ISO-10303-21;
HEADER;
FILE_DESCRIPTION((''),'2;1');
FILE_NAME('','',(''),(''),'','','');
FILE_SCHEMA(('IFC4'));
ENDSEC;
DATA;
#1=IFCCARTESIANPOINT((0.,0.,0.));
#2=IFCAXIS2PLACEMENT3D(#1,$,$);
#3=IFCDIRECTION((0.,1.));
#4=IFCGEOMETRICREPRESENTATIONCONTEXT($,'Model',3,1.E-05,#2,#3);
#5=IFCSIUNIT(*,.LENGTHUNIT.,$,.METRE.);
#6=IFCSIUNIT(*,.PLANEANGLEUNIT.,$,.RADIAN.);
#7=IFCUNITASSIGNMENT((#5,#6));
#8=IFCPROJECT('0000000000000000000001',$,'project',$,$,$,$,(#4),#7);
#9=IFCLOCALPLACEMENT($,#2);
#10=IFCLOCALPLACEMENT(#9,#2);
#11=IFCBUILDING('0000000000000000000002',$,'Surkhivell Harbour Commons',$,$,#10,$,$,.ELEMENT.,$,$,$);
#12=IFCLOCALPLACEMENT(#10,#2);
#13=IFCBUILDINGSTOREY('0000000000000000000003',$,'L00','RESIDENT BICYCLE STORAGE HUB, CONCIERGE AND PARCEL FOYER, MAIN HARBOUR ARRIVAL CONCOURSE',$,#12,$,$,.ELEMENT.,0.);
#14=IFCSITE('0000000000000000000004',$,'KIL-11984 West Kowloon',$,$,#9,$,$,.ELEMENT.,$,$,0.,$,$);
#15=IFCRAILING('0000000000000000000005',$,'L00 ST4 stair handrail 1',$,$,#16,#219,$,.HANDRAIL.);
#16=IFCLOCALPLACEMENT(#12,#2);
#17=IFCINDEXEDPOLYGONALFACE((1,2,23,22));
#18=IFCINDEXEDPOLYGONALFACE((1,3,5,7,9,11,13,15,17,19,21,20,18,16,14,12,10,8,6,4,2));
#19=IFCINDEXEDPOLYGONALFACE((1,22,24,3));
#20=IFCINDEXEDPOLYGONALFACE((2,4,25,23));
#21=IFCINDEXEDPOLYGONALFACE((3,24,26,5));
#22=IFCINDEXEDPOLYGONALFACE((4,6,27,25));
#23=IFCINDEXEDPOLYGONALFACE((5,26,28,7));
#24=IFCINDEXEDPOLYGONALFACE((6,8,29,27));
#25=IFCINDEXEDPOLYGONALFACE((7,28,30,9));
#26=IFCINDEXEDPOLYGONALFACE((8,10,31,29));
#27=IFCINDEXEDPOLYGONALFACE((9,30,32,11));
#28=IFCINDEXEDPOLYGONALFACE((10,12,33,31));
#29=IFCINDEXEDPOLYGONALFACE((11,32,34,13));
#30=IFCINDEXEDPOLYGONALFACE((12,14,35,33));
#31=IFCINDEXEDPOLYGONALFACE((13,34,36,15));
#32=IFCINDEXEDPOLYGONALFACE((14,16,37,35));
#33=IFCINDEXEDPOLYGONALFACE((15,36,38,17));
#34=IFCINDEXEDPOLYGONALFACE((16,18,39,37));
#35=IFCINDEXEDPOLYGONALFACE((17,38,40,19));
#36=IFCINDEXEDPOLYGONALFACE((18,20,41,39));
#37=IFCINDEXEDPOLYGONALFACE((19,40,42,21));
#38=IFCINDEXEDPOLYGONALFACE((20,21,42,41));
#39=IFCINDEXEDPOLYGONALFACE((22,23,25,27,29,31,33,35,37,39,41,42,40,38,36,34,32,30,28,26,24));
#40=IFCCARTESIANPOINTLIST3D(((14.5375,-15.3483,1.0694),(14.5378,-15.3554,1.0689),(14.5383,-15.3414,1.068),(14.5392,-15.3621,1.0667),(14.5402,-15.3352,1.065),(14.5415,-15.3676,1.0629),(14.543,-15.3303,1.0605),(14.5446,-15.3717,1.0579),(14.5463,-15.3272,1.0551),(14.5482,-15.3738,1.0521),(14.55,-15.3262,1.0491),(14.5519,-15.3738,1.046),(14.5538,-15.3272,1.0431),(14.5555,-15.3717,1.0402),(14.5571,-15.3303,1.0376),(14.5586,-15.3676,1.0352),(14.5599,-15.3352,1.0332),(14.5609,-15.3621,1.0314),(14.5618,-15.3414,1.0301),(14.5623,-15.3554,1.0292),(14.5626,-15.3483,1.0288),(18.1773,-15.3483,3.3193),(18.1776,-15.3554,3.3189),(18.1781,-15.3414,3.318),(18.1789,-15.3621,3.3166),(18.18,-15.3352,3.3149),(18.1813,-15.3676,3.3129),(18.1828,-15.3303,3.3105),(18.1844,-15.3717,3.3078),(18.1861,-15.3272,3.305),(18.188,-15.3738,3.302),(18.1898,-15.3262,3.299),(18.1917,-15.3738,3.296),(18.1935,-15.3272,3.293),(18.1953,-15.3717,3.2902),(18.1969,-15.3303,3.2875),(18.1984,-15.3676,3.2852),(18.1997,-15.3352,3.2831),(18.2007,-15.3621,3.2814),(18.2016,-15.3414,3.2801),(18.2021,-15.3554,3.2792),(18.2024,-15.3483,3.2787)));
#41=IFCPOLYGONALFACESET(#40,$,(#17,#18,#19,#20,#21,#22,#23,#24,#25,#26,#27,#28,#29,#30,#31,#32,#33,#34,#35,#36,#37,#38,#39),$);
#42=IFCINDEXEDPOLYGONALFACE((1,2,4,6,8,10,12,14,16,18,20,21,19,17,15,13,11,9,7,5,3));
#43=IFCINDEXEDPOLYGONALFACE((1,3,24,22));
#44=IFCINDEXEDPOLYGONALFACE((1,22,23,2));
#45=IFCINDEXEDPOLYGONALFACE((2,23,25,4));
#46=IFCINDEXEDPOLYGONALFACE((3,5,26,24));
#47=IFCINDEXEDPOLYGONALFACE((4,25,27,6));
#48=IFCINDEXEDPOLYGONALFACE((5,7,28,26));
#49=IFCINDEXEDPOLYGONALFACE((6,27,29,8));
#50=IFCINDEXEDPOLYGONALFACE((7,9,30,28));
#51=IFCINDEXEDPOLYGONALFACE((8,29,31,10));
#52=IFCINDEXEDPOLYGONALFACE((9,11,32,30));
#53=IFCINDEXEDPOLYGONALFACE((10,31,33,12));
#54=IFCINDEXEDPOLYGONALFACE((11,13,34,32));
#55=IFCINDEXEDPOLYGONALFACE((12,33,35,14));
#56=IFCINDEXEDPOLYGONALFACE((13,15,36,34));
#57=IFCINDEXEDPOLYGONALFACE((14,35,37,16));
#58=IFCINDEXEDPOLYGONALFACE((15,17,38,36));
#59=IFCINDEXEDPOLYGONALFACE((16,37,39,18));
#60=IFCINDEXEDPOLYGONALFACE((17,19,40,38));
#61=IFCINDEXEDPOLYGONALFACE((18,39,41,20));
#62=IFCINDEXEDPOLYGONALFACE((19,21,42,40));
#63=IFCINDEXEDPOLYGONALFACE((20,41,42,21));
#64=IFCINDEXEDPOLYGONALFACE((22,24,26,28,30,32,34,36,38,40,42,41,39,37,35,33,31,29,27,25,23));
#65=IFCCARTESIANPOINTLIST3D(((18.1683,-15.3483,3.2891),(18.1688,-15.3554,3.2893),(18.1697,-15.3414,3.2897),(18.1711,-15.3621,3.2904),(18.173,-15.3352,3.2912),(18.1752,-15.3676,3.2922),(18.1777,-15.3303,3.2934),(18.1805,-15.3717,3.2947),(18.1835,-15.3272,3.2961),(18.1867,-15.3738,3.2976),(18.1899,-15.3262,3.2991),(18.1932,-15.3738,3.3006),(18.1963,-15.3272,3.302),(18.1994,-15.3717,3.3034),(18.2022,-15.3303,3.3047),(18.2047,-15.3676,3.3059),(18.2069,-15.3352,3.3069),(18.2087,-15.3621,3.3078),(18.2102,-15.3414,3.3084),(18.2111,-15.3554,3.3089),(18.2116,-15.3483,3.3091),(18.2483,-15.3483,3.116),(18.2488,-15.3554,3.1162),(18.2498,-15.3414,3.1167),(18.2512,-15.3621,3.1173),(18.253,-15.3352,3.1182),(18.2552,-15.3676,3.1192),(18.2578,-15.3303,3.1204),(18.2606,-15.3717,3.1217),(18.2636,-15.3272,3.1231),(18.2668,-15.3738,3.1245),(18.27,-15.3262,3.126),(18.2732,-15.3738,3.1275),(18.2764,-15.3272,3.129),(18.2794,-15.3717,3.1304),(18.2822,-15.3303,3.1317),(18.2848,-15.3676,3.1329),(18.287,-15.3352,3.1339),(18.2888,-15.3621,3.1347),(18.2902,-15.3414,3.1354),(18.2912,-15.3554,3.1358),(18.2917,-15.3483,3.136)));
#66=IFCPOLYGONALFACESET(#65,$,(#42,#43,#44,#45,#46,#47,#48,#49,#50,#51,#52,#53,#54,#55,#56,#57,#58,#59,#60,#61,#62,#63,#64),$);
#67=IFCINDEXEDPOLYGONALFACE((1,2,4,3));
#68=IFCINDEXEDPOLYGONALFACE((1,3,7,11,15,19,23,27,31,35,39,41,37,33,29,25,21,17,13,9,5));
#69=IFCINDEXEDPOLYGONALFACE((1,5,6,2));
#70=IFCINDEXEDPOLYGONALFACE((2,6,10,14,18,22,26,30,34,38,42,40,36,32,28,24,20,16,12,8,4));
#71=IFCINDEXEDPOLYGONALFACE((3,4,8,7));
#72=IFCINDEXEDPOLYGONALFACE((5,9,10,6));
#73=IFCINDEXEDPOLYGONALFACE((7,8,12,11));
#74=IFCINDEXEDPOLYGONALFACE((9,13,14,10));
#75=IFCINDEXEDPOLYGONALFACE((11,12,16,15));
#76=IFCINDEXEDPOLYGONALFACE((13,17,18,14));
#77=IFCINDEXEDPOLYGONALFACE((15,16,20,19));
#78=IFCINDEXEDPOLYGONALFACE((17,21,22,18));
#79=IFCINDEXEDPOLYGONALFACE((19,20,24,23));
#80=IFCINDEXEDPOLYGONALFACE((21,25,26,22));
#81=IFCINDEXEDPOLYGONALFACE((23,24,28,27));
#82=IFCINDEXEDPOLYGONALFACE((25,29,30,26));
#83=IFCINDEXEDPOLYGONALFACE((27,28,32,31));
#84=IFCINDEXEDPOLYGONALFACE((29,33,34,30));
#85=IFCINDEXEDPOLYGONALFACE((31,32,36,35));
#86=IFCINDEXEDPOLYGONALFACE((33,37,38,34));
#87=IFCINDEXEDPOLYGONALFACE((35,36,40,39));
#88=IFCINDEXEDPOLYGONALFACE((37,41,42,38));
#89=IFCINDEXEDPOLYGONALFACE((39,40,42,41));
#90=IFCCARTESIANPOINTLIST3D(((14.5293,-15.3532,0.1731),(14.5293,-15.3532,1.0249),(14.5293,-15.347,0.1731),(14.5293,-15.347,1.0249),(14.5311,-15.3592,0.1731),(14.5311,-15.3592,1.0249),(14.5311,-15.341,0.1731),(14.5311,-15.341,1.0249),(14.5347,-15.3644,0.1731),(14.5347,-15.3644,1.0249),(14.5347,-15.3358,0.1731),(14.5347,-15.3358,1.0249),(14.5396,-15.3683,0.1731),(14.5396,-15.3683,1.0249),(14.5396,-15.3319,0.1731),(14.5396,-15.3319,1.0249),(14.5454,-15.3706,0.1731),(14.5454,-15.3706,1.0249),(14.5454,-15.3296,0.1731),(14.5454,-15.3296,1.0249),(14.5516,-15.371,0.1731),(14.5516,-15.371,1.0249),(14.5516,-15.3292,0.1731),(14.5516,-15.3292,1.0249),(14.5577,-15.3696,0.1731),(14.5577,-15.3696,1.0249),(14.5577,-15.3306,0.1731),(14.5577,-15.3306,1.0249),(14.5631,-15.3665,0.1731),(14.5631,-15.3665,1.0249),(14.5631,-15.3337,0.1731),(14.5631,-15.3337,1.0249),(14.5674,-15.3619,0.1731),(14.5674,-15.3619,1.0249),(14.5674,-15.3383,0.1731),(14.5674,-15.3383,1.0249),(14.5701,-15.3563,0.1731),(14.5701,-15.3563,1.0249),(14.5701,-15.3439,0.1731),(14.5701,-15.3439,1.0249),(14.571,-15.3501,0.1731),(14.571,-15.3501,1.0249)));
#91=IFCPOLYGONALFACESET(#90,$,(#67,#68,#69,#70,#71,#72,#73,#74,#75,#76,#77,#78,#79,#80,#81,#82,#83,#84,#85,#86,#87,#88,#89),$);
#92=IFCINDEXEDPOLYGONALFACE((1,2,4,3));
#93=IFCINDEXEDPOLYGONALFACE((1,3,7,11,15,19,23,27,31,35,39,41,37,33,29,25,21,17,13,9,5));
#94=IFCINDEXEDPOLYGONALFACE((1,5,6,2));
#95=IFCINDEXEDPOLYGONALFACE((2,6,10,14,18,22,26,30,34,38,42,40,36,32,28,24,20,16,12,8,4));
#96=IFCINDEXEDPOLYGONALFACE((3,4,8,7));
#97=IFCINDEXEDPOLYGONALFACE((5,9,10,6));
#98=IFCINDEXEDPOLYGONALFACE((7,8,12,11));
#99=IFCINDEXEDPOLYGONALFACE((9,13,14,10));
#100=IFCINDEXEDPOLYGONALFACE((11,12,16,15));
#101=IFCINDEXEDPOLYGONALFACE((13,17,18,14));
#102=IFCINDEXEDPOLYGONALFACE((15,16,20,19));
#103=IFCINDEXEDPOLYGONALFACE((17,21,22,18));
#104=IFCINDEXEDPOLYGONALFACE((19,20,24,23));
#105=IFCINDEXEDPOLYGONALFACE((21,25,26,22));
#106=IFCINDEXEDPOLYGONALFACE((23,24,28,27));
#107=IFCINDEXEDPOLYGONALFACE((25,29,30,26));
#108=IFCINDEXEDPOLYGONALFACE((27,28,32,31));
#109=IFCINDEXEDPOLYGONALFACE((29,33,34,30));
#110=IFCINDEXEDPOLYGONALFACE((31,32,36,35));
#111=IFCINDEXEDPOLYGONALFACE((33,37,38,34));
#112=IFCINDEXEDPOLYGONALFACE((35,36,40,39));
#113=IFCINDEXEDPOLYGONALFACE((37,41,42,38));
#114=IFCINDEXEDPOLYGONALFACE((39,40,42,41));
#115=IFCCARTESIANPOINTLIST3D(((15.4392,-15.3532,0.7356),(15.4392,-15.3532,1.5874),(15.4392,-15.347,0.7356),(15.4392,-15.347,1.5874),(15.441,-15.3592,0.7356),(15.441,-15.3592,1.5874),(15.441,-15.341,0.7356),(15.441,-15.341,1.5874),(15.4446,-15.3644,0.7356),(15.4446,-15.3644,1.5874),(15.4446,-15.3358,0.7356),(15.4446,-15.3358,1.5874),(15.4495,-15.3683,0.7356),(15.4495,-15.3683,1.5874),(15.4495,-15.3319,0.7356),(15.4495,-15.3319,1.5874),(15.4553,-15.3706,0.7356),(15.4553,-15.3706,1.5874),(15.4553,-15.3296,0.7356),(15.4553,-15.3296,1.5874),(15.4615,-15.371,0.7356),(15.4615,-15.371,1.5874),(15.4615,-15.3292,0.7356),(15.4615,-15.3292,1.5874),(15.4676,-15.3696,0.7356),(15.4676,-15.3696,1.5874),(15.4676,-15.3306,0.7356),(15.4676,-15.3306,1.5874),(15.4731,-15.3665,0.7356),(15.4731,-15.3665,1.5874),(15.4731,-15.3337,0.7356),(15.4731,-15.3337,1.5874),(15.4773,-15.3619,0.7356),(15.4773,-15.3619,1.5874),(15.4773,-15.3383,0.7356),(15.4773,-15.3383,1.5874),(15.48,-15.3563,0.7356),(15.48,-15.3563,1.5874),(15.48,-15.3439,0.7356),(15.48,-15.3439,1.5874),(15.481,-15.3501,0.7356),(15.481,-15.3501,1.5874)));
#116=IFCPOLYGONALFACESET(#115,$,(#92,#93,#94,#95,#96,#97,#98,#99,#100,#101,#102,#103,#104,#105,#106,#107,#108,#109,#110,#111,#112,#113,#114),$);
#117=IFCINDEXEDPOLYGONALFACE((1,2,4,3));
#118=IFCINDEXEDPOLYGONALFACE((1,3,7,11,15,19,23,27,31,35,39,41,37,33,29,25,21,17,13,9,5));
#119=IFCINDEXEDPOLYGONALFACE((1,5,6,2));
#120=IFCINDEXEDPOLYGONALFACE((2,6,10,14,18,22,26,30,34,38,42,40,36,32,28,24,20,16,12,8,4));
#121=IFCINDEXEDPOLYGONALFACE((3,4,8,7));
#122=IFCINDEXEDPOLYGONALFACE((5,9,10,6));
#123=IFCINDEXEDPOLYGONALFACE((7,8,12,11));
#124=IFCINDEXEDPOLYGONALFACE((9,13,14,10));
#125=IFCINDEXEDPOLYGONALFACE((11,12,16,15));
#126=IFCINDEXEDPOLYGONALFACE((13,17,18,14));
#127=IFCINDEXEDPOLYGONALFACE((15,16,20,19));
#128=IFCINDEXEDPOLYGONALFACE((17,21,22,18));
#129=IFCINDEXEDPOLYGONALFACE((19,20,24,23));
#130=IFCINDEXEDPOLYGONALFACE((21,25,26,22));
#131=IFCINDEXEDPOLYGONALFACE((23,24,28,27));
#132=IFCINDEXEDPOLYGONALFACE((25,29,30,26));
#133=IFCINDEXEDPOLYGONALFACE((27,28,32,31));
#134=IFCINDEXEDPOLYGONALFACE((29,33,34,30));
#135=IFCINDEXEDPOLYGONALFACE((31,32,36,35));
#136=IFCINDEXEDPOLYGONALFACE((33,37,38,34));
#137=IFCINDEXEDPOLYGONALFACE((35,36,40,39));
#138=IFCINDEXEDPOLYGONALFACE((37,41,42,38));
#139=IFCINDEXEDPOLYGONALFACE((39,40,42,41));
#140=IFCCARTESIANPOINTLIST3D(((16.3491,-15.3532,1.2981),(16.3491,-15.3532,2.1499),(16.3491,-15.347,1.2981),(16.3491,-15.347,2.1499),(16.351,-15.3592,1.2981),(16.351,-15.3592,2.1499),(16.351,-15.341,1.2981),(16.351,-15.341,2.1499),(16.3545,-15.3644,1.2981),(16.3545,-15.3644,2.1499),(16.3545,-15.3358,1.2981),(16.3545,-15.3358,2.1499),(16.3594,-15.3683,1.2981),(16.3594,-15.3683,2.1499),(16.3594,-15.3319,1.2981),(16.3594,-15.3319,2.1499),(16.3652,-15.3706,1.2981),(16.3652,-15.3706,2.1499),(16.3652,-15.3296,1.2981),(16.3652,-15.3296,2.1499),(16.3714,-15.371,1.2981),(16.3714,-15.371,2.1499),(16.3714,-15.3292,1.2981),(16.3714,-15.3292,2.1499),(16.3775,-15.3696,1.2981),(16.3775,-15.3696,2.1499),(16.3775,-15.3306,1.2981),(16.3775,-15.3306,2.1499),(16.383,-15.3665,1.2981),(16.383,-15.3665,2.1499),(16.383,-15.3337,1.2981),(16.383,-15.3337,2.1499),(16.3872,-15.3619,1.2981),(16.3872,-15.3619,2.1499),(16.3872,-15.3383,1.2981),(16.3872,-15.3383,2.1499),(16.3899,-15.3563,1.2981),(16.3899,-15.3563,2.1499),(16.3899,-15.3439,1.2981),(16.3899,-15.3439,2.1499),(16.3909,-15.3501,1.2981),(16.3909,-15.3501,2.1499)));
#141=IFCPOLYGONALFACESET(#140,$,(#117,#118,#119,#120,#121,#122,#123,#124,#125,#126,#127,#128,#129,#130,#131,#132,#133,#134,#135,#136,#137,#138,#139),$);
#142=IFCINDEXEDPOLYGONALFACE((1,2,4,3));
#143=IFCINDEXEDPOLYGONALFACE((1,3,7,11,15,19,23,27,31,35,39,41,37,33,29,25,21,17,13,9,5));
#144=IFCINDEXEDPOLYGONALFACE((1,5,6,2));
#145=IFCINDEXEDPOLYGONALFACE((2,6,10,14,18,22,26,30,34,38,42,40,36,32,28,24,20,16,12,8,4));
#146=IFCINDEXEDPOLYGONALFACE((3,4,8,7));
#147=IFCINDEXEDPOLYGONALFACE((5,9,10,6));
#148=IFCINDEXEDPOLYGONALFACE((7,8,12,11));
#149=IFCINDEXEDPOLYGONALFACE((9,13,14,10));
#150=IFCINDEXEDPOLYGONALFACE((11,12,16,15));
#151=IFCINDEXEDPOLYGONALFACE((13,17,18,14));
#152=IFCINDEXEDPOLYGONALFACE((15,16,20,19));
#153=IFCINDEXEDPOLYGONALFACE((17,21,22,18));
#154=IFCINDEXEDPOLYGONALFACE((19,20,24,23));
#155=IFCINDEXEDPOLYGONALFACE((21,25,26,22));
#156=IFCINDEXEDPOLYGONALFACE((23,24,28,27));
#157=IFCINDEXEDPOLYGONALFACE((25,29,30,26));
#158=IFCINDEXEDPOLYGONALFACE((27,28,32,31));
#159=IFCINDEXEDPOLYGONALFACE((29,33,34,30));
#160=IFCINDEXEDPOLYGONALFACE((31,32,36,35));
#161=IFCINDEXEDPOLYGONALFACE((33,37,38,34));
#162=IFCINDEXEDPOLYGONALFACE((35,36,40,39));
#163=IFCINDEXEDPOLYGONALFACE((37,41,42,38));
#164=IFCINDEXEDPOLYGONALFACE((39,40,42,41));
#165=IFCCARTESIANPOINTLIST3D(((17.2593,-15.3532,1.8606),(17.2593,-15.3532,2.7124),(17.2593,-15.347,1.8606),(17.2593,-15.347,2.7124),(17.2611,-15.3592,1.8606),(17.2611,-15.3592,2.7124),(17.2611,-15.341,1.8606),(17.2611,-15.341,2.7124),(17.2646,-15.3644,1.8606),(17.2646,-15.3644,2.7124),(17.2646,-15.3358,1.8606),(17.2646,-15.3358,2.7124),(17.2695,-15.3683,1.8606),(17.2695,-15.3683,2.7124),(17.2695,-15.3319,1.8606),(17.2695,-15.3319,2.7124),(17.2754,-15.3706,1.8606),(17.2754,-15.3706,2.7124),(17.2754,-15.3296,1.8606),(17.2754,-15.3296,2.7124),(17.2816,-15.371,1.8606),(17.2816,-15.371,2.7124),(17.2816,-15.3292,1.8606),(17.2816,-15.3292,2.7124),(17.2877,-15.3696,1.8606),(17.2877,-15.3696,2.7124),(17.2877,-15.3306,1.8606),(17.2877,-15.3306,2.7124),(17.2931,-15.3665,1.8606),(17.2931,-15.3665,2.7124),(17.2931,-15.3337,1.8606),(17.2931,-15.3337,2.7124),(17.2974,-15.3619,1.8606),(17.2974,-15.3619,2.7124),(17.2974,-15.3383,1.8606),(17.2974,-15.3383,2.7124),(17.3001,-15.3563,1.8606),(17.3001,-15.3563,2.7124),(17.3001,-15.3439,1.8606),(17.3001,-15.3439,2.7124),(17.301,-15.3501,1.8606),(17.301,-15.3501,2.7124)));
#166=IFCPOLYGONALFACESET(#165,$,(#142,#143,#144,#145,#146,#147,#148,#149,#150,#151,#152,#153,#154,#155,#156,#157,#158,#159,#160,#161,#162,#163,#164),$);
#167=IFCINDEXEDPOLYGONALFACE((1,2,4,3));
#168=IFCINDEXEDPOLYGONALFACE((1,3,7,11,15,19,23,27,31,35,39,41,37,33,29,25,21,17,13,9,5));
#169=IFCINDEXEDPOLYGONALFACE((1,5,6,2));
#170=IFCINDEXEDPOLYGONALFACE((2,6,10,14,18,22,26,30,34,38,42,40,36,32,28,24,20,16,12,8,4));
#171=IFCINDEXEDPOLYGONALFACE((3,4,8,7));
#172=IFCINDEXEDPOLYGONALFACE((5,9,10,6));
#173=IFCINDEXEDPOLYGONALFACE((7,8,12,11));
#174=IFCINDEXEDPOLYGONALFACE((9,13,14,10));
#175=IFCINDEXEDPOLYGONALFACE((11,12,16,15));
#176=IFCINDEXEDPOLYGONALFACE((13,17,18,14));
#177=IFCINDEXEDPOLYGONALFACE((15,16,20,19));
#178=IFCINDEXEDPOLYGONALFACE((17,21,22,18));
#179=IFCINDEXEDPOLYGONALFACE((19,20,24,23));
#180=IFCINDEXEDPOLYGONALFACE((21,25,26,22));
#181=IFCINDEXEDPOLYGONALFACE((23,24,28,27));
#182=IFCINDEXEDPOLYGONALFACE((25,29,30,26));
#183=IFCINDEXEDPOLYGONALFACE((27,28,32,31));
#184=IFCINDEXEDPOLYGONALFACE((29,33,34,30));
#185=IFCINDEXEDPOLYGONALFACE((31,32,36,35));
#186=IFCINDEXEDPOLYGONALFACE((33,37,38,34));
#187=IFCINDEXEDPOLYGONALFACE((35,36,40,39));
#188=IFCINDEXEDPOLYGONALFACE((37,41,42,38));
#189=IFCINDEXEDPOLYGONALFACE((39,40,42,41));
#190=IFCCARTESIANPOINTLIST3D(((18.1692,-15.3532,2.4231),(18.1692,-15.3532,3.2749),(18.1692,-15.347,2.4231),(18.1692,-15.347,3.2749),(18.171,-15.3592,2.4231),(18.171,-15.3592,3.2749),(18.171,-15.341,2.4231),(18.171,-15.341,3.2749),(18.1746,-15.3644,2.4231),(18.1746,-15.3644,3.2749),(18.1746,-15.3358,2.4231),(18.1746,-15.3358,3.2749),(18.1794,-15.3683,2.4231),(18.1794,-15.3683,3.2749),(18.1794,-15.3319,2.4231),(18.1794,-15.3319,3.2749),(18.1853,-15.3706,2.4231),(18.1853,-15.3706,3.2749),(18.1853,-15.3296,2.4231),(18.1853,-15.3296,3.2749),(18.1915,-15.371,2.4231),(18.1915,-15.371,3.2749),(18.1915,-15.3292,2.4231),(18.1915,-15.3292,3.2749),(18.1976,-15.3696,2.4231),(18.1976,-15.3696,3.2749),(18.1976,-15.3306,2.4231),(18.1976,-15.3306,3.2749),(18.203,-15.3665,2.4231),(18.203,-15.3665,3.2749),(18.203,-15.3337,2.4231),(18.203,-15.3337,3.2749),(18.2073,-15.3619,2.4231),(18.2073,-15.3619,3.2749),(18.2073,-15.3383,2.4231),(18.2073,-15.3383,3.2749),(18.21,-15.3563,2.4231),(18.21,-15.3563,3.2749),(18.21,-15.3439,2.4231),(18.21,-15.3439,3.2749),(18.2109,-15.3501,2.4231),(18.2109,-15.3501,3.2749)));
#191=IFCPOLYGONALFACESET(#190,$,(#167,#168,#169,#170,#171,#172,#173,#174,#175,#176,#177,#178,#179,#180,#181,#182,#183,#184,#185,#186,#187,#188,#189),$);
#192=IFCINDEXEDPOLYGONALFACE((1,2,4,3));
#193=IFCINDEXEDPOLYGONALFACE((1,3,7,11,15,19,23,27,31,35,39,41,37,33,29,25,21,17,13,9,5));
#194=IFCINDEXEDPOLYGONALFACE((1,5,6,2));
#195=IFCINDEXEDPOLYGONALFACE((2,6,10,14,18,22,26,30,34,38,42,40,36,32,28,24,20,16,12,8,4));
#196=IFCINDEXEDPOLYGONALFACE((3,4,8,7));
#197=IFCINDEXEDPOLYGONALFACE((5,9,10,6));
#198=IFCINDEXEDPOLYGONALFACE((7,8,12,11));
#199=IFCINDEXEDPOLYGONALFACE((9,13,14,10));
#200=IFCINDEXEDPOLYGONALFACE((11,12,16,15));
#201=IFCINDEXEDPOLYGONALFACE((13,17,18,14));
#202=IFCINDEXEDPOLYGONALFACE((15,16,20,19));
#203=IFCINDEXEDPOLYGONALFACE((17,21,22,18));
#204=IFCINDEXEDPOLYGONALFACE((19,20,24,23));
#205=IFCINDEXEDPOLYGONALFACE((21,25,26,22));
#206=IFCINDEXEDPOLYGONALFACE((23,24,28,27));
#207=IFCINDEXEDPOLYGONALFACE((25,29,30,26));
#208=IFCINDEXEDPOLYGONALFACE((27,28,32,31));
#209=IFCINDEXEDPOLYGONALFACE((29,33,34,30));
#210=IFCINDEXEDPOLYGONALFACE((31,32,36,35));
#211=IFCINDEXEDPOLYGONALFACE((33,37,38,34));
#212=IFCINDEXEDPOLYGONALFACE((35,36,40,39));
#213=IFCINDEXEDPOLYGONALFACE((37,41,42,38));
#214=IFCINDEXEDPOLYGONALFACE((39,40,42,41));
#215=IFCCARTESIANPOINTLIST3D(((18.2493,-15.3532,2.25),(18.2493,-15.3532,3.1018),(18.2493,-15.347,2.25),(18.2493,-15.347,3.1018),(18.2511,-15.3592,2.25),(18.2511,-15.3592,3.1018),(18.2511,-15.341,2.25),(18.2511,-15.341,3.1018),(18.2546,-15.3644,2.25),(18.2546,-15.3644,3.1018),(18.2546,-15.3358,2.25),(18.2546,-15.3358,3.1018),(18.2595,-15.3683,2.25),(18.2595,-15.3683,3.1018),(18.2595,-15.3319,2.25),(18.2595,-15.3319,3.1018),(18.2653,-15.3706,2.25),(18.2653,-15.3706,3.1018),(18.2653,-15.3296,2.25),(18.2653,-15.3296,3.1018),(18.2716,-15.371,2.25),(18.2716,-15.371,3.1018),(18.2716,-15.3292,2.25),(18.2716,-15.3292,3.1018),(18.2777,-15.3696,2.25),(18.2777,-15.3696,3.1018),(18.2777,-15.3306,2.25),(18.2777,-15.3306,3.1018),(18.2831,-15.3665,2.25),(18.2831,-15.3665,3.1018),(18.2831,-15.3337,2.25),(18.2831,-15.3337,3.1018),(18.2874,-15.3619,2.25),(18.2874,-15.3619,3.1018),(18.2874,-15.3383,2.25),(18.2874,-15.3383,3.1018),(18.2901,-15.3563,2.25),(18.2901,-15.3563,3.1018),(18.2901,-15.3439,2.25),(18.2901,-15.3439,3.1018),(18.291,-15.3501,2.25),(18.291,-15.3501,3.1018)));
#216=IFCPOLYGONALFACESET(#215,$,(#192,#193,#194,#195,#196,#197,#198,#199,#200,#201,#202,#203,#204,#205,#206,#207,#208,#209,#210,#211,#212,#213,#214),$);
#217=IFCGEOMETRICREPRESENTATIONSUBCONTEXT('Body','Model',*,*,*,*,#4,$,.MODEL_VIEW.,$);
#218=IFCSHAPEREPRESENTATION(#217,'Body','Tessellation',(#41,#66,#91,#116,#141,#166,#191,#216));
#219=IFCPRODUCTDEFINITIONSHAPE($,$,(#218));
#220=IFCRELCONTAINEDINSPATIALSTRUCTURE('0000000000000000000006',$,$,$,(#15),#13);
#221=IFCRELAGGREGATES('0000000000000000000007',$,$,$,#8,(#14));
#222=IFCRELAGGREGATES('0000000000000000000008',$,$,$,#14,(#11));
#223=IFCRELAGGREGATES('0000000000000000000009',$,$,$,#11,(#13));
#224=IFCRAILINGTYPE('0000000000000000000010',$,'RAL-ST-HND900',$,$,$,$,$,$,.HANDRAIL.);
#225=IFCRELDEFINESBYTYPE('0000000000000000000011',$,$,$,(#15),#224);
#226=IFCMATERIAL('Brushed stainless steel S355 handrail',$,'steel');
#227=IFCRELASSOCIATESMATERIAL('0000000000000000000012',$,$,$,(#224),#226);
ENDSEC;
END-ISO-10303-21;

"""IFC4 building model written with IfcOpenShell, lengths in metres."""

from ifc_helpers import new_model, si_unit, direction, frame, origin, origin_2d, place, context, subcontext, project, spatial, circle, extrude, material, type_object, element, save


model = new_model("IFC4")

# Units and contexts
model_context = context("Model", 3, precision=1e-05, world=origin(), true_north=direction((0.0, 1.0)))
body_context = subcontext(model_context, "Body", "Model", "MODEL_VIEW")
ifc_project = project(units=[si_unit("LENGTHUNIT", "METRE"), si_unit("PLANEANGLEUNIT", "RADIAN")], contexts=[model_context])

# Site, building, storey
site_placement = place(None, origin())
site = spatial("IfcSite", under=ifc_project, at=site_placement, Name="KIL-11984 West Kowloon", CompositionType="ELEMENT", RefElevation=0.0)
building_placement = place(site_placement, origin())
building = spatial("IfcBuilding", under=site, at=building_placement, Name="Surkhivell Harbour Commons", CompositionType="ELEMENT")
storey_placement = place(building_placement, origin())
storey = spatial("IfcBuildingStorey", under=building, at=storey_placement, Name="L00", Description="RESIDENT BICYCLE STORAGE HUB, CONCIERGE AND PARCEL FOYER, MAIN HARBOUR ARRIVAL CONCOURSE", CompositionType="ELEMENT", Elevation=0.0)

# Railing
ifc_material_1 = material(Name="Brushed stainless steel S355 handrail", Category="steel")
railing_type_1 = type_object("IfcRailingType", Name="RAL-ST-HND900", PredefinedType="HANDRAIL", material=ifc_material_1)
railing_1_placement = place(storey_placement, frame((14.55, -15.3501, 0.1731)))
element("IfcRailing", 1, at=railing_1_placement, inside=storey, type_object=railing_type_1, Name="L00 ST4 stair handrail 1", PredefinedType="HANDRAIL", context=body_context, shape_type="SweptSolid", body=[
    extrude(circle(Radius=0.0239, at=origin_2d()), frame((0.0, 0.0, 0.876), z_axis=(0.850607, 0.0, 0.525803), x_axis=(0.0, 1.0, 0.0)), (0.0, 0.0, 1.0), 4.2791),
    extrude(circle(Radius=0.0239, at=origin_2d()), frame((3.6399, 0.0, 3.126), z_axis=(0.41987, 0.0, -0.907584), x_axis=(0.0, 1.0, 0.0)), (0.0, 0.0, 1.0), 0.1907),
    extrude(circle(Radius=0.021, at=origin_2d()), origin(), (0.0, 0.0, 1.0), 0.8518),
    extrude(circle(Radius=0.021, at=origin_2d()), frame((0.9099, 0.0, 0.5625)), (0.0, 0.0, 1.0), 0.8518),
    extrude(circle(Radius=0.021, at=origin_2d()), frame((1.8198, 0.0, 1.125)), (0.0, 0.0, 1.0), 0.8518),
    extrude(circle(Radius=0.021, at=origin_2d()), frame((2.73, 0.0, 1.6875)), (0.0, 0.0, 1.0), 0.8518),
    extrude(circle(Radius=0.021, at=origin_2d()), frame((3.6399, 0.0, 2.25)), (0.0, 0.0, 1.0), 0.8518),
    extrude(circle(Radius=0.021, at=origin_2d()), frame((3.72, 0.0, 2.0769)), (0.0, 0.0, 1.0), 0.8518),
])

save(model, "model.ifc")
